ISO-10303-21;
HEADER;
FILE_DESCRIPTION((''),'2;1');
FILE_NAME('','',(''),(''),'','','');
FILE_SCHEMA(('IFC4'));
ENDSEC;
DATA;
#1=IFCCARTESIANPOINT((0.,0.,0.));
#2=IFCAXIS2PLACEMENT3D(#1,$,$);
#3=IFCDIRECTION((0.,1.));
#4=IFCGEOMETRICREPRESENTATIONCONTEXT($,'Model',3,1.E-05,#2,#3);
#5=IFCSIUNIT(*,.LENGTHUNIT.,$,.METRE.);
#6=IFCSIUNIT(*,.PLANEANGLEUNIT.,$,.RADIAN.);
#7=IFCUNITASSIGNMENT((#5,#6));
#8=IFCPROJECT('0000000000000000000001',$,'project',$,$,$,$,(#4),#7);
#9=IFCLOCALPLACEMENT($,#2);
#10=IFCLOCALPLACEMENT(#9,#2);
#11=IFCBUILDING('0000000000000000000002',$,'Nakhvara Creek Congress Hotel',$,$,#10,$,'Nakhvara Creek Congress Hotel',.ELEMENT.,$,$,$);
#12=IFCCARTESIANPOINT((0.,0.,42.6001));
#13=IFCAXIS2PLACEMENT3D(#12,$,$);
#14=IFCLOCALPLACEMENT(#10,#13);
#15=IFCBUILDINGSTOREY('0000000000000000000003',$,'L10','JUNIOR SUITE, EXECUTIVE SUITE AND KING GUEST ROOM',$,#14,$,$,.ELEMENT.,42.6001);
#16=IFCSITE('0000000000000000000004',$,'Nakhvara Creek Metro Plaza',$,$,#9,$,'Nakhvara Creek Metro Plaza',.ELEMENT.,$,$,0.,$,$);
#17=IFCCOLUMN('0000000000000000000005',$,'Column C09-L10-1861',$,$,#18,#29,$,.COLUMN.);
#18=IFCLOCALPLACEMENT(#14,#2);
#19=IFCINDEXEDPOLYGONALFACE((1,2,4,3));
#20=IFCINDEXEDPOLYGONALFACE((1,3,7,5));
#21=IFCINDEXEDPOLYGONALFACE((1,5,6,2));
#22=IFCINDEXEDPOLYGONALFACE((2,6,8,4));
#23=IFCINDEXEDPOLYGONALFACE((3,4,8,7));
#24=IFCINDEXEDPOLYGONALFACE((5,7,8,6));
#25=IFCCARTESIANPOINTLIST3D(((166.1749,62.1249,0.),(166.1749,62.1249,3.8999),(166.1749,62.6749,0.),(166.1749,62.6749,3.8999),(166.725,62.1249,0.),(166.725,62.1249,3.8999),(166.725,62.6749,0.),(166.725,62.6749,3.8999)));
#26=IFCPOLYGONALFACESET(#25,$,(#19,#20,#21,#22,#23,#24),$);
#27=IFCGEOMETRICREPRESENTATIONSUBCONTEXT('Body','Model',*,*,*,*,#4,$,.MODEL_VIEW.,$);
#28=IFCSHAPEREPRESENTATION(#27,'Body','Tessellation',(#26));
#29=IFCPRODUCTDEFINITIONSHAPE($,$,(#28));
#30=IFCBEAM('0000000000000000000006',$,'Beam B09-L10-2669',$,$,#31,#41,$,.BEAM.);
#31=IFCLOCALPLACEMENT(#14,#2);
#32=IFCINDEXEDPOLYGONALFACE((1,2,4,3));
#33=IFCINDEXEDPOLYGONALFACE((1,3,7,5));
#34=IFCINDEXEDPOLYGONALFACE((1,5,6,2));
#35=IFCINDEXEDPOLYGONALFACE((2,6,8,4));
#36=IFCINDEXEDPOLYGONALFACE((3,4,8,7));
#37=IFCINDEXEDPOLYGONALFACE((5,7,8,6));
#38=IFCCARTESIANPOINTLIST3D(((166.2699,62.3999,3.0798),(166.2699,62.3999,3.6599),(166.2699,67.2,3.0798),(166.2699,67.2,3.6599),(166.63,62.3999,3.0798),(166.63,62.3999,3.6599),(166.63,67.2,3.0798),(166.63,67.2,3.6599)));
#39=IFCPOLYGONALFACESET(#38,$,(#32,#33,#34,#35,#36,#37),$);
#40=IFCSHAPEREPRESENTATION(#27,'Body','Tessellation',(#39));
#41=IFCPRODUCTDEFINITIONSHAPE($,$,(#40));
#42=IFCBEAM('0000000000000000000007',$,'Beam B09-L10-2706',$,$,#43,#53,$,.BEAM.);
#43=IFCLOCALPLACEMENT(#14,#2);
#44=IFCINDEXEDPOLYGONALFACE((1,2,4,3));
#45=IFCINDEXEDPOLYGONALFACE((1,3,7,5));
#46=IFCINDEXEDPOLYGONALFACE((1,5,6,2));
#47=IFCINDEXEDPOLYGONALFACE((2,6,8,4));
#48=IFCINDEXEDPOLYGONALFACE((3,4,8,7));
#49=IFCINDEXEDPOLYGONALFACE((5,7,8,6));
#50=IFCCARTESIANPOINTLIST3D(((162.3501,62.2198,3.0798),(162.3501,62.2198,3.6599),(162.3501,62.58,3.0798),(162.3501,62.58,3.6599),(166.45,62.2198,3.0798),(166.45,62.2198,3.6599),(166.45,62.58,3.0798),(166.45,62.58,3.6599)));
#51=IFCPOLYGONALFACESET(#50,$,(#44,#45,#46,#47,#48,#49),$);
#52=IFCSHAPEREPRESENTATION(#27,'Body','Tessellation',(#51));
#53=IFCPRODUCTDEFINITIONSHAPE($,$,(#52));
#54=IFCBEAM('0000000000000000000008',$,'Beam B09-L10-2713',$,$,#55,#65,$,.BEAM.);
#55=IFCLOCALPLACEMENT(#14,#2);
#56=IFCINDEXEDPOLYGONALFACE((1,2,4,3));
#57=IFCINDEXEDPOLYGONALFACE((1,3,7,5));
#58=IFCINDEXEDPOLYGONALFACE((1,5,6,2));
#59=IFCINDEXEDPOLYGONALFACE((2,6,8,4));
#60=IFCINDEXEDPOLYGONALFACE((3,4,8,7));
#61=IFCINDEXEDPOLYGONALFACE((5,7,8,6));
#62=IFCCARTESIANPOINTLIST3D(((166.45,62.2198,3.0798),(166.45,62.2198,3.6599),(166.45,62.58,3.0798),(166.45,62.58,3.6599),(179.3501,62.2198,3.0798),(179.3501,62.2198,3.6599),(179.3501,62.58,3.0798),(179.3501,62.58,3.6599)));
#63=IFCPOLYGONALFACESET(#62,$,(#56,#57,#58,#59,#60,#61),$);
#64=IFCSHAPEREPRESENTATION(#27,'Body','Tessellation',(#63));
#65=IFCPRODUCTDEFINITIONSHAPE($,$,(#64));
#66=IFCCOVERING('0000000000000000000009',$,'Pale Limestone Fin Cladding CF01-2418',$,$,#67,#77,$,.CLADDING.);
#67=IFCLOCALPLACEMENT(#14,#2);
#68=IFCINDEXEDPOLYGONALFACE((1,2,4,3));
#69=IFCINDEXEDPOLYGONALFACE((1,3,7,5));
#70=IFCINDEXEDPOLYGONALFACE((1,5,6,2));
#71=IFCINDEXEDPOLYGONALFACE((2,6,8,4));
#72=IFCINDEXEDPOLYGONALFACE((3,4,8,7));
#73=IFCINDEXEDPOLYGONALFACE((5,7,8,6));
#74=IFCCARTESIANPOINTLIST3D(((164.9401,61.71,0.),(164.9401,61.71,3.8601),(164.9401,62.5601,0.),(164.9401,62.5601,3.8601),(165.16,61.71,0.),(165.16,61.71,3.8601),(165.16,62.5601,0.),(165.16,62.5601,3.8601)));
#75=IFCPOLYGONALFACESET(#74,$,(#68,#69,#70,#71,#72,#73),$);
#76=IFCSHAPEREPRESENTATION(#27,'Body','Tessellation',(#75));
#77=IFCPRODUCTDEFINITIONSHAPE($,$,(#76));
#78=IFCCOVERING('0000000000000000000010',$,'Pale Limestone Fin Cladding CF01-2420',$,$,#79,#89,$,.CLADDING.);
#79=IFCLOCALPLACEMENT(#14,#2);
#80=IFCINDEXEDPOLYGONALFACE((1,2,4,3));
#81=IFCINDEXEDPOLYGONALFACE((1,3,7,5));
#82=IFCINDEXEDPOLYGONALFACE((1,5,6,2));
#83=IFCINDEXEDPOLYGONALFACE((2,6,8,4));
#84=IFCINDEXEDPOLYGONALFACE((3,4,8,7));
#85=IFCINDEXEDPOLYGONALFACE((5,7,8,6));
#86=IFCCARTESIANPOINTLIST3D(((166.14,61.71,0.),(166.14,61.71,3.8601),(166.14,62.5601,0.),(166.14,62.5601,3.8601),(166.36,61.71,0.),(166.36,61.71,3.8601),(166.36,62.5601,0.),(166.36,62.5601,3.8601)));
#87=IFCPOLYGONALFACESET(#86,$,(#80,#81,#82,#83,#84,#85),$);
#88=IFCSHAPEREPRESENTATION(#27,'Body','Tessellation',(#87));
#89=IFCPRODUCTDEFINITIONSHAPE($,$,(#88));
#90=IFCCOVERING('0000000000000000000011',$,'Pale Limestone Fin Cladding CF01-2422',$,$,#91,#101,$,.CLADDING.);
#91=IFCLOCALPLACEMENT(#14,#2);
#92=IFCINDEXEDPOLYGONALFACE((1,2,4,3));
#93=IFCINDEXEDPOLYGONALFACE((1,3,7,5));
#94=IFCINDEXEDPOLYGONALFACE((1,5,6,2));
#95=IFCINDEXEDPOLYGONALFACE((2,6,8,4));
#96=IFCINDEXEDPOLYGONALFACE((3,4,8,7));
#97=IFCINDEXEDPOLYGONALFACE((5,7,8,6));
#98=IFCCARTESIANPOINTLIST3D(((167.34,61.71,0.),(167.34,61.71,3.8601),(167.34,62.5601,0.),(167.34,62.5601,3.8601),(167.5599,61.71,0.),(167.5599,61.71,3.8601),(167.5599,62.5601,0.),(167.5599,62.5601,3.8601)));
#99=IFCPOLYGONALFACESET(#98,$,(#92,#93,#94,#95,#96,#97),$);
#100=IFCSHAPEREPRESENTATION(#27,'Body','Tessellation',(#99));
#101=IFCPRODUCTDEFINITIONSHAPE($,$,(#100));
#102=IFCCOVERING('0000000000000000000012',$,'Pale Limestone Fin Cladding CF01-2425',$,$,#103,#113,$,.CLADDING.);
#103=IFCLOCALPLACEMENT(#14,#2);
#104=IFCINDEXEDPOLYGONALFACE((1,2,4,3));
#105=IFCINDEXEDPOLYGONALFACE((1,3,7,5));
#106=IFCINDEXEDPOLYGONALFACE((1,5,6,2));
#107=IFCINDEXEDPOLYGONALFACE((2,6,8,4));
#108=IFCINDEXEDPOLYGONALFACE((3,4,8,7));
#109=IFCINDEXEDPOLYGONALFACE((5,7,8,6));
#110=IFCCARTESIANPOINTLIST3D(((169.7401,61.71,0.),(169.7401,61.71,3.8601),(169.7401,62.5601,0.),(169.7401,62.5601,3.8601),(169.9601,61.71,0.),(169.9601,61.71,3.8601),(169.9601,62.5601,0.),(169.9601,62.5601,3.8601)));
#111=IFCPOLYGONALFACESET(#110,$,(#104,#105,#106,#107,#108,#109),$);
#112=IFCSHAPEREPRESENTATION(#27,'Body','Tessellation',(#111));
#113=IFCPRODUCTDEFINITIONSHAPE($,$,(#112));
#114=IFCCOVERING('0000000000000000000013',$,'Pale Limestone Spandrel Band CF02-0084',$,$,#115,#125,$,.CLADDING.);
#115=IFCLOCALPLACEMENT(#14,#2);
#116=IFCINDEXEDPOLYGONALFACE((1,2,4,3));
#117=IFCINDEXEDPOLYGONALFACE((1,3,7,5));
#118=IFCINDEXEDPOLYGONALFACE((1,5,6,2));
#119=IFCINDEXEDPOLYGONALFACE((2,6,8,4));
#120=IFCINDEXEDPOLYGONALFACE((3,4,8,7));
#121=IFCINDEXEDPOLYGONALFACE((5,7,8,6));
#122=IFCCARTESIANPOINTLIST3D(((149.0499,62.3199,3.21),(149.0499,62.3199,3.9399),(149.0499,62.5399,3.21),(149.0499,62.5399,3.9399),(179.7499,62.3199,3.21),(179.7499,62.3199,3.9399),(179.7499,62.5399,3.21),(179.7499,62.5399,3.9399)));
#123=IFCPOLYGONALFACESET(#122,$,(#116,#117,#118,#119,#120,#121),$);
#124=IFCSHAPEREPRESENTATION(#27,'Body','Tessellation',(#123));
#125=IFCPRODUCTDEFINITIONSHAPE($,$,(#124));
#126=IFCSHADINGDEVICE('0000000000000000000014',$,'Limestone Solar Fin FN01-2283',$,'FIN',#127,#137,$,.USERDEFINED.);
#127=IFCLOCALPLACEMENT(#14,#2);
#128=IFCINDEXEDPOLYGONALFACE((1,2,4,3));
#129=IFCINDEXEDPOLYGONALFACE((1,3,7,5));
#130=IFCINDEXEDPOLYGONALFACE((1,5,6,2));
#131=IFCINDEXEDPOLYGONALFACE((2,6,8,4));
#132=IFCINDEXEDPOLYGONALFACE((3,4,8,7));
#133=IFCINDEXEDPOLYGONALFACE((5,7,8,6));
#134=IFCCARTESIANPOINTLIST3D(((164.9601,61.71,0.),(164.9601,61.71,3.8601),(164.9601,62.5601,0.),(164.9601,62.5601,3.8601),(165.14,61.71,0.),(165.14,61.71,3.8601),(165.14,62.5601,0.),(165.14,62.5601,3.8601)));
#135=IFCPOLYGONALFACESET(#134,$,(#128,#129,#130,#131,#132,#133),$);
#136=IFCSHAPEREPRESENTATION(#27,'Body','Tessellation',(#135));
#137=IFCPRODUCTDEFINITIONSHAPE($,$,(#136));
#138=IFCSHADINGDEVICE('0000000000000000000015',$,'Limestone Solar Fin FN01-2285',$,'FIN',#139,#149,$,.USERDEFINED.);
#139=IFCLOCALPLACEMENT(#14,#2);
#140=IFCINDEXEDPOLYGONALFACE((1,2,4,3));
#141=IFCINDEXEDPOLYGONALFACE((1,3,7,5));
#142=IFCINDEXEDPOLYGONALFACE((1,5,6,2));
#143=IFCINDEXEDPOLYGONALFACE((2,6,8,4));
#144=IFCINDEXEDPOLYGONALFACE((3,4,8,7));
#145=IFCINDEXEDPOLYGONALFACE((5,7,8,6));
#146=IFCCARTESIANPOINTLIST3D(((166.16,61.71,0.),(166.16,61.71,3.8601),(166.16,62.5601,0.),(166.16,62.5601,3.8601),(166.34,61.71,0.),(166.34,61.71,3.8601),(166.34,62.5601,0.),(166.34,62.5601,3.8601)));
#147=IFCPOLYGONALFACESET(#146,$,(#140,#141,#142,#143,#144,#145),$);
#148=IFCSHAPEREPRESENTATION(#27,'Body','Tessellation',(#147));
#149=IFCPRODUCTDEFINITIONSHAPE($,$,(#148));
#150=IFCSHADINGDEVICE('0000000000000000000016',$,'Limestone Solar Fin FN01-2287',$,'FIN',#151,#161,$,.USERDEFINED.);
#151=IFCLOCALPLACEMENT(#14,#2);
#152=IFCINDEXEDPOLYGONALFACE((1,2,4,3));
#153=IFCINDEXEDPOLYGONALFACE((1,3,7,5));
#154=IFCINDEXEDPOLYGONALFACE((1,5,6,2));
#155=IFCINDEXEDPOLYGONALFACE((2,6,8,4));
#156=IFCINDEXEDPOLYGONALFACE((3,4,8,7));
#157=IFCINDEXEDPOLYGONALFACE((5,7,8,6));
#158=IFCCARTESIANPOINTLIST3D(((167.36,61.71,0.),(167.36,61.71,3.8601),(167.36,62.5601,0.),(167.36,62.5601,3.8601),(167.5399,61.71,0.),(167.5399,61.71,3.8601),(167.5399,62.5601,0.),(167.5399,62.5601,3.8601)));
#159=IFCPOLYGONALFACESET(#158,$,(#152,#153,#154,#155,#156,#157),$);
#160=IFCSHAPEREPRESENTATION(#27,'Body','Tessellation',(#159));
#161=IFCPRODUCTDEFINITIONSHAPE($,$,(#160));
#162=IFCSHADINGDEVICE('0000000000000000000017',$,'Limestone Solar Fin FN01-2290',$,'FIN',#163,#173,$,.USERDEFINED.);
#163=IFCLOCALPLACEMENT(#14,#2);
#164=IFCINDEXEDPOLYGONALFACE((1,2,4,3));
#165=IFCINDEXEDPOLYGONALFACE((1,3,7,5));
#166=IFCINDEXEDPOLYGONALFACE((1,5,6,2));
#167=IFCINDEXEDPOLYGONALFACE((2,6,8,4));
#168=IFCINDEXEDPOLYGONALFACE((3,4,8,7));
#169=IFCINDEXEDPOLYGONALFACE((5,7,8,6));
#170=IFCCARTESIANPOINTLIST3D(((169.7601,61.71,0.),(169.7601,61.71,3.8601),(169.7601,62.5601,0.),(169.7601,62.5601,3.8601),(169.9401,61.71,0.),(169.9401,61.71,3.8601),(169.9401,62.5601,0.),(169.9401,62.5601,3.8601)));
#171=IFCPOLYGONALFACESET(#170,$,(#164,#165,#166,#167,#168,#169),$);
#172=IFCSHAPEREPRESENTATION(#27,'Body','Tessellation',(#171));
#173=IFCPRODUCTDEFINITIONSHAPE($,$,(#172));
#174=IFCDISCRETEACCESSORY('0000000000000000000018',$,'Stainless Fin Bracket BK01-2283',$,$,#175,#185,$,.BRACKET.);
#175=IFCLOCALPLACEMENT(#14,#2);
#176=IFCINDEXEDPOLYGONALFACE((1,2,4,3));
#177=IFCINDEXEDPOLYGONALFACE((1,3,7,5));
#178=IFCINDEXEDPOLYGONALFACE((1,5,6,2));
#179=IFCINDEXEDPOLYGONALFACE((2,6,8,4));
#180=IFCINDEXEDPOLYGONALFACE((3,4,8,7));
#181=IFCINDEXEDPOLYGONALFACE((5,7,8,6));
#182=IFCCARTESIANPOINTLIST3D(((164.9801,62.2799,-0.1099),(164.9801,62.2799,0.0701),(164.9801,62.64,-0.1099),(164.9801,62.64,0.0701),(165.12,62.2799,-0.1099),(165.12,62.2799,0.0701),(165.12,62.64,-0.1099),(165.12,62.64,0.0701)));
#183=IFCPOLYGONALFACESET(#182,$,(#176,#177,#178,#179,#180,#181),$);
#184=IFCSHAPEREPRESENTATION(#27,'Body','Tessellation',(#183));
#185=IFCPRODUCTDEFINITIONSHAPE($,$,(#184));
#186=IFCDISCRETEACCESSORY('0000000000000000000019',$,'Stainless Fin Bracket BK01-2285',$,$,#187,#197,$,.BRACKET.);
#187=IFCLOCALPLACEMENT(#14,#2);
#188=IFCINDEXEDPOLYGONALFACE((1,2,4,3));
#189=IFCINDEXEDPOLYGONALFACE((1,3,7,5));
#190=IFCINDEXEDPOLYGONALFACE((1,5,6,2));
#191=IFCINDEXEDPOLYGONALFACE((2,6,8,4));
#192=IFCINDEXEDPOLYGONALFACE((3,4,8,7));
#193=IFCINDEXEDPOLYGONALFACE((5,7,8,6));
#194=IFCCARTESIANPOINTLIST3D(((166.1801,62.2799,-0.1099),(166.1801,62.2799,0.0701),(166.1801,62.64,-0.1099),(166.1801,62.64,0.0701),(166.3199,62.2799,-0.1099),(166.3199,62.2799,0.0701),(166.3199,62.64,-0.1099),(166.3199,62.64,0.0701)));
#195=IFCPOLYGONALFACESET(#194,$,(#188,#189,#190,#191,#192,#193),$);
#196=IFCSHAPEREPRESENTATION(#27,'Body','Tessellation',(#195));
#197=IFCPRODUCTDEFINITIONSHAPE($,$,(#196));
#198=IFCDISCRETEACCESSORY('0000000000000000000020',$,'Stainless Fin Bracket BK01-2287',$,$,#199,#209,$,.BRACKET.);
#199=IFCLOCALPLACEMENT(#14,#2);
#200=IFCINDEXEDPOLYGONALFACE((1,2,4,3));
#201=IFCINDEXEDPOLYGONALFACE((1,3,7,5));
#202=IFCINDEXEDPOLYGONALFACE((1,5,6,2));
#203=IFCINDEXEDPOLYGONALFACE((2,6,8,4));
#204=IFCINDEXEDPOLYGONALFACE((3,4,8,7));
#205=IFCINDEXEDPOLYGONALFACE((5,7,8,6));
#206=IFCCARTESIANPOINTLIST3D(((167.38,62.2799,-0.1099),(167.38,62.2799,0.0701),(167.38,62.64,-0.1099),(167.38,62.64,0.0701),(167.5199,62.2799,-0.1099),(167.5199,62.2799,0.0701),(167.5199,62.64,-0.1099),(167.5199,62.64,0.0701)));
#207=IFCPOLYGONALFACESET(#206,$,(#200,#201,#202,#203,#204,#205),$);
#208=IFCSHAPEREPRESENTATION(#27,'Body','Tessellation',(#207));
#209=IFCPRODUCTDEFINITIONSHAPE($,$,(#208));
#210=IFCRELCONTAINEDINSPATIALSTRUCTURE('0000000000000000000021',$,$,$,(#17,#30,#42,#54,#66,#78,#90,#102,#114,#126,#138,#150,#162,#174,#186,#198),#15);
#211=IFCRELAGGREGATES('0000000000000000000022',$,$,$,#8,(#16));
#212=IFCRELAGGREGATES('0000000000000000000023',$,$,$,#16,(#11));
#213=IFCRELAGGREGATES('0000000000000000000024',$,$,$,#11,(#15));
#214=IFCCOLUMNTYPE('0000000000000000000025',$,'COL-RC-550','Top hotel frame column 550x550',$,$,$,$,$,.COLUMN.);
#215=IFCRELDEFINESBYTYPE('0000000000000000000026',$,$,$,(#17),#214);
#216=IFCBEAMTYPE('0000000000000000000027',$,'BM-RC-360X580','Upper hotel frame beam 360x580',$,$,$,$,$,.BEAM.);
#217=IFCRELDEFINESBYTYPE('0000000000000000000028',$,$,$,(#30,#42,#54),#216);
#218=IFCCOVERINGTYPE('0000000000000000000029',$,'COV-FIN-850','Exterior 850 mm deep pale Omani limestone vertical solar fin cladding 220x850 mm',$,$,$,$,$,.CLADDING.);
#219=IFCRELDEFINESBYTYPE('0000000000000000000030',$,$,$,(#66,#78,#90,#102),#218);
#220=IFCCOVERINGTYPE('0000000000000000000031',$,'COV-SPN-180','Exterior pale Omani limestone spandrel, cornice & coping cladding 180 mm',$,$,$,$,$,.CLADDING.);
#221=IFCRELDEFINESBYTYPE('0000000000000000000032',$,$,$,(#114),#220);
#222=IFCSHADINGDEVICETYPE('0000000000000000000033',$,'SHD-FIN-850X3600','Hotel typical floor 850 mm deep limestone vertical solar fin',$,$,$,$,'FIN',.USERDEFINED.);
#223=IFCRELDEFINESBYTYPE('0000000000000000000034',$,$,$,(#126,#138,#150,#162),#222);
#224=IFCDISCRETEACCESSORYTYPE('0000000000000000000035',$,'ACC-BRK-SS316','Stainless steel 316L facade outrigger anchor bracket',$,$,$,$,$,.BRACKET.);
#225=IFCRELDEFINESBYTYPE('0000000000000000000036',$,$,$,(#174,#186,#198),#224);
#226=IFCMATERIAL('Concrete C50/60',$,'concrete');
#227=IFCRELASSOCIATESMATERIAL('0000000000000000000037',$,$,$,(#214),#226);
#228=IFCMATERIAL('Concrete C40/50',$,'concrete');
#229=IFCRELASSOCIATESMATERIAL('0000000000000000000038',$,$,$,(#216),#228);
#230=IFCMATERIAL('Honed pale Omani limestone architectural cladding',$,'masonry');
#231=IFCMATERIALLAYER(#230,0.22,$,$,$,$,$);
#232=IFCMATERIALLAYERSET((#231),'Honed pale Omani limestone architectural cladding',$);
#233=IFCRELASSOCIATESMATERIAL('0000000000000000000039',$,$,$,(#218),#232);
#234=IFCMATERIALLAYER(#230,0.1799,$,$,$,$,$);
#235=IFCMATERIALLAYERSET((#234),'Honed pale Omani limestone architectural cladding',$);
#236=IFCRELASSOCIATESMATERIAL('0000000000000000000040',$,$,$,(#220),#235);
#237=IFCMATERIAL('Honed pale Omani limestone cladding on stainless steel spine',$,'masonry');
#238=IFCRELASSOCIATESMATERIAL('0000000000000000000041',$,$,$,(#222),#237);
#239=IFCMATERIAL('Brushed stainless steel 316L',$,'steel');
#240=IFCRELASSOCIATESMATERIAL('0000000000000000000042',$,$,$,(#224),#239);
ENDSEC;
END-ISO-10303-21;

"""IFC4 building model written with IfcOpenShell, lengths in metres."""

from ifc_helpers import new_model, si_unit, direction, frame, origin, origin_2d, place, context, subcontext, project, spatial, rectangle, extrude, material, layer, layer_set, material_profile, profile_set, type_object, element, save


model = new_model("IFC4")

# Units and contexts
model_context = context("Model", 3, precision=1e-05, world=origin(), true_north=direction((0.0, 1.0)))
body_context = subcontext(model_context, "Body", "Model", "MODEL_VIEW")
ifc_project = project(units=[si_unit("LENGTHUNIT", "METRE"), si_unit("PLANEANGLEUNIT", "RADIAN")], contexts=[model_context])

# Site, building, storey
site_placement = place(None, origin())
site = spatial("IfcSite", under=ifc_project, at=site_placement, Name="Nakhvara Creek Metro Plaza", LongName="Nakhvara Creek Metro Plaza", CompositionType="ELEMENT", RefElevation=0.0)
building_placement = place(site_placement, origin())
building = spatial("IfcBuilding", under=site, at=building_placement, Name="Nakhvara Creek Congress Hotel", LongName="Nakhvara Creek Congress Hotel", CompositionType="ELEMENT")
storey_placement = place(building_placement, frame((0.0, 0.0, 42.6001)))
storey = spatial("IfcBuildingStorey", under=building, at=storey_placement, Name="L10", Description="JUNIOR SUITE, EXECUTIVE SUITE AND KING GUEST ROOM", CompositionType="ELEMENT", Elevation=42.6001)

# Column
ifc_material_1 = material(Name="Concrete C50/60", Category="concrete")
ifc_material_profile_1 = material_profile(ifc_material_1, rectangle(XDim=0.55, YDim=0.55, at=origin_2d()), Name="RC-COL 550x550", Category="LoadBearing")
ifc_profile_set_1 = profile_set([ifc_material_profile_1], Name="Concrete C50/60")
column_type = type_object("IfcColumnType", Name="COL-RC-550", Description="Top hotel frame column 550x550", PredefinedType="COLUMN", material=ifc_profile_set_1)
column_placement = place(storey_placement, frame((166.45, 62.3999, 0.0), z_axis=(0.0, 0.0, 1.0), x_axis=(1.0, 0.0, 0.0)))
element("IfcColumn", 1, at=column_placement, inside=storey, type_object=column_type, Name="Column C09-L10-1861", PredefinedType="COLUMN", context=body_context, shape_type="SweptSolid", body=[
    extrude(rectangle(XDim=0.55, YDim=0.55, at=origin_2d()), origin(), (0.0, 0.0, 1.0), 3.8999),
])

# Beams
ifc_material_2 = material(Name="Concrete C40/50", Category="concrete")
ifc_material_profile_2 = material_profile(ifc_material_2, rectangle(XDim=0.3601, YDim=0.5801, at=origin_2d()), Name="RC-BM 360x580", Category="LoadBearing")
ifc_profile_set_2 = profile_set([ifc_material_profile_2], Name="Concrete C40/50")
beam_type = type_object("IfcBeamType", Name="BM-RC-360X580", Description="Upper hotel frame beam 360x580", PredefinedType="BEAM", material=ifc_profile_set_2)
beam_1_placement = place(storey_placement, frame((166.45, 62.3999, 3.3699), z_axis=(0.0, 1.0, 0.0), x_axis=(-1.0, 0.0, 0.0)))
element("IfcBeam", 2, at=beam_1_placement, inside=storey, type_object=beam_type, Name="Beam B09-L10-2669", PredefinedType="BEAM", context=body_context, shape_type="SweptSolid", body=[
    extrude(rectangle(XDim=0.3601, YDim=0.5801, at=origin_2d()), origin(), (0.0, 0.0, 1.0), 4.8),
])
beam_2_placement = place(storey_placement, frame((162.3501, 62.3999, 3.3699), z_axis=(1.0, 0.0, 0.0), x_axis=(0.0, 1.0, 0.0)))
element("IfcBeam", 3, at=beam_2_placement, inside=storey, type_object=beam_type, Name="Beam B09-L10-2706", PredefinedType="BEAM", context=body_context, shape_type="SweptSolid", body=[
    extrude(rectangle(XDim=0.3601, YDim=0.5801, at=origin_2d()), origin(), (0.0, 0.0, 1.0), 4.0999),
])
beam_3_placement = place(storey_placement, frame((166.45, 62.3999, 3.3699), z_axis=(1.0, 0.0, 0.0), x_axis=(0.0, 1.0, 0.0)))
element("IfcBeam", 4, at=beam_3_placement, inside=storey, type_object=beam_type, Name="Beam B09-L10-2713", PredefinedType="BEAM", context=body_context, shape_type="SweptSolid", body=[
    extrude(rectangle(XDim=0.3601, YDim=0.5801, at=origin_2d()), origin(), (0.0, 0.0, 1.0), 12.9001),
])

# Coverings
ifc_material_3 = material(Name="Honed pale Omani limestone architectural cladding", Category="masonry")
ifc_layer_1 = layer(ifc_material_3, 0.22)
ifc_layer_set_1 = layer_set([ifc_layer_1], Name="Honed pale Omani limestone architectural cladding")
covering_type_1 = type_object("IfcCoveringType", Name="COV-FIN-850", Description="Exterior 850 mm deep pale Omani limestone vertical solar fin cladding 220x850 mm", PredefinedType="CLADDING", material=ifc_layer_set_1)
for number, where, z_axis, x_axis, name in (
    (5, (165.05, 62.135, 0.0), (0.0, 0.0, 1.0), (1.0, 0.0, 0.0), "Pale Limestone Fin Cladding CF01-2418"),
    (6, (166.25, 62.135, 0.0), (0.0, 0.0, 1.0), (1.0, 0.0, 0.0), "Pale Limestone Fin Cladding CF01-2420"),
    (7, (167.45, 62.135, 0.0), (0.0, 0.0, 1.0), (1.0, 0.0, 0.0), "Pale Limestone Fin Cladding CF01-2422"),
    (8, (169.8501, 62.135, 0.0), (0.0, 0.0, 1.0), (1.0, 0.0, 0.0), "Pale Limestone Fin Cladding CF01-2425"),
):
    element("IfcCovering", number, at=place(storey_placement, frame(where, z_axis=z_axis, x_axis=x_axis)), inside=storey, type_object=covering_type_1, Name=name, PredefinedType="CLADDING", context=body_context, shape_type="SweptSolid", body=[
        extrude(rectangle(XDim=0.22, YDim=0.8501, at=origin_2d()), origin(), (0.0, 0.0, 1.0), 3.8601),
    ])
ifc_layer_2 = layer(ifc_material_3, 0.1799)
ifc_layer_set_2 = layer_set([ifc_layer_2], Name="Honed pale Omani limestone architectural cladding")
covering_type_2 = type_object("IfcCoveringType", Name="COV-SPN-180", Description="Exterior pale Omani limestone spandrel, cornice & coping cladding 180 mm", PredefinedType="CLADDING", material=ifc_layer_set_2)
covering_placement = place(storey_placement, frame((164.3999, 62.4299, 3.21), z_axis=(0.0, 0.0, 1.0), x_axis=(1.0, 0.0, 0.0)))
element("IfcCovering", 9, at=covering_placement, inside=storey, type_object=covering_type_2, Name="Pale Limestone Spandrel Band CF02-0084", PredefinedType="CLADDING", context=body_context, shape_type="SweptSolid", body=[
    extrude(rectangle(XDim=30.7, YDim=0.22, at=origin_2d()), origin(), (0.0, 0.0, 1.0), 0.73),
])

# Shading devices
ifc_material_4 = material(Name="Honed pale Omani limestone cladding on stainless steel spine", Category="masonry")
shading_device_type = type_object("IfcShadingDeviceType", Name="SHD-FIN-850X3600", Description="Hotel typical floor 850 mm deep limestone vertical solar fin", ElementType="FIN", PredefinedType="USERDEFINED", material=ifc_material_4)
for number, where, z_axis, x_axis, name in (
    (10, (165.05, 62.135, 0.0), (0.0, 0.0, 1.0), (1.0, 0.0, 0.0), "Limestone Solar Fin FN01-2283"),
    (11, (166.25, 62.135, 0.0), (0.0, 0.0, 1.0), (1.0, 0.0, 0.0), "Limestone Solar Fin FN01-2285"),
    (12, (167.45, 62.135, 0.0), (0.0, 0.0, 1.0), (1.0, 0.0, 0.0), "Limestone Solar Fin FN01-2287"),
    (13, (169.8501, 62.135, 0.0), (0.0, 0.0, 1.0), (1.0, 0.0, 0.0), "Limestone Solar Fin FN01-2290"),
):
    element("IfcShadingDevice", number, at=place(storey_placement, frame(where, z_axis=z_axis, x_axis=x_axis)), inside=storey, type_object=shading_device_type, Name=name, ObjectType="FIN", PredefinedType="USERDEFINED", context=body_context, shape_type="SweptSolid", body=[
        extrude(rectangle(XDim=0.1799, YDim=0.8501, at=origin_2d()), origin(), (0.0, 0.0, 1.0), 3.8601),
    ])

# Discrete accessories
ifc_material_5 = material(Name="Brushed stainless steel 316L", Category="steel")
discrete_accessory_type = type_object("IfcDiscreteAccessoryType", Name="ACC-BRK-SS316", Description="Stainless steel 316L facade outrigger anchor bracket", PredefinedType="BRACKET", material=ifc_material_5)
for number, where, z_axis, x_axis, name in (
    (14, (165.05, 62.46, -0.1099), (0.0, 0.0, 1.0), (1.0, 0.0, 0.0), "Stainless Fin Bracket BK01-2283"),
    (15, (166.25, 62.46, -0.1099), (0.0, 0.0, 1.0), (1.0, 0.0, 0.0), "Stainless Fin Bracket BK01-2285"),
    (16, (167.45, 62.46, -0.1099), (0.0, 0.0, 1.0), (1.0, 0.0, 0.0), "Stainless Fin Bracket BK01-2287"),
):
    element("IfcDiscreteAccessory", number, at=place(storey_placement, frame(where, z_axis=z_axis, x_axis=x_axis)), inside=storey, type_object=discrete_accessory_type, Name=name, PredefinedType="BRACKET", context=body_context, shape_type="SweptSolid", body=[
        extrude(rectangle(XDim=0.1399, YDim=0.3601, at=origin_2d()), origin(), (0.0, 0.0, 1.0), 0.1799),
    ])

save(model, "model.ifc")
